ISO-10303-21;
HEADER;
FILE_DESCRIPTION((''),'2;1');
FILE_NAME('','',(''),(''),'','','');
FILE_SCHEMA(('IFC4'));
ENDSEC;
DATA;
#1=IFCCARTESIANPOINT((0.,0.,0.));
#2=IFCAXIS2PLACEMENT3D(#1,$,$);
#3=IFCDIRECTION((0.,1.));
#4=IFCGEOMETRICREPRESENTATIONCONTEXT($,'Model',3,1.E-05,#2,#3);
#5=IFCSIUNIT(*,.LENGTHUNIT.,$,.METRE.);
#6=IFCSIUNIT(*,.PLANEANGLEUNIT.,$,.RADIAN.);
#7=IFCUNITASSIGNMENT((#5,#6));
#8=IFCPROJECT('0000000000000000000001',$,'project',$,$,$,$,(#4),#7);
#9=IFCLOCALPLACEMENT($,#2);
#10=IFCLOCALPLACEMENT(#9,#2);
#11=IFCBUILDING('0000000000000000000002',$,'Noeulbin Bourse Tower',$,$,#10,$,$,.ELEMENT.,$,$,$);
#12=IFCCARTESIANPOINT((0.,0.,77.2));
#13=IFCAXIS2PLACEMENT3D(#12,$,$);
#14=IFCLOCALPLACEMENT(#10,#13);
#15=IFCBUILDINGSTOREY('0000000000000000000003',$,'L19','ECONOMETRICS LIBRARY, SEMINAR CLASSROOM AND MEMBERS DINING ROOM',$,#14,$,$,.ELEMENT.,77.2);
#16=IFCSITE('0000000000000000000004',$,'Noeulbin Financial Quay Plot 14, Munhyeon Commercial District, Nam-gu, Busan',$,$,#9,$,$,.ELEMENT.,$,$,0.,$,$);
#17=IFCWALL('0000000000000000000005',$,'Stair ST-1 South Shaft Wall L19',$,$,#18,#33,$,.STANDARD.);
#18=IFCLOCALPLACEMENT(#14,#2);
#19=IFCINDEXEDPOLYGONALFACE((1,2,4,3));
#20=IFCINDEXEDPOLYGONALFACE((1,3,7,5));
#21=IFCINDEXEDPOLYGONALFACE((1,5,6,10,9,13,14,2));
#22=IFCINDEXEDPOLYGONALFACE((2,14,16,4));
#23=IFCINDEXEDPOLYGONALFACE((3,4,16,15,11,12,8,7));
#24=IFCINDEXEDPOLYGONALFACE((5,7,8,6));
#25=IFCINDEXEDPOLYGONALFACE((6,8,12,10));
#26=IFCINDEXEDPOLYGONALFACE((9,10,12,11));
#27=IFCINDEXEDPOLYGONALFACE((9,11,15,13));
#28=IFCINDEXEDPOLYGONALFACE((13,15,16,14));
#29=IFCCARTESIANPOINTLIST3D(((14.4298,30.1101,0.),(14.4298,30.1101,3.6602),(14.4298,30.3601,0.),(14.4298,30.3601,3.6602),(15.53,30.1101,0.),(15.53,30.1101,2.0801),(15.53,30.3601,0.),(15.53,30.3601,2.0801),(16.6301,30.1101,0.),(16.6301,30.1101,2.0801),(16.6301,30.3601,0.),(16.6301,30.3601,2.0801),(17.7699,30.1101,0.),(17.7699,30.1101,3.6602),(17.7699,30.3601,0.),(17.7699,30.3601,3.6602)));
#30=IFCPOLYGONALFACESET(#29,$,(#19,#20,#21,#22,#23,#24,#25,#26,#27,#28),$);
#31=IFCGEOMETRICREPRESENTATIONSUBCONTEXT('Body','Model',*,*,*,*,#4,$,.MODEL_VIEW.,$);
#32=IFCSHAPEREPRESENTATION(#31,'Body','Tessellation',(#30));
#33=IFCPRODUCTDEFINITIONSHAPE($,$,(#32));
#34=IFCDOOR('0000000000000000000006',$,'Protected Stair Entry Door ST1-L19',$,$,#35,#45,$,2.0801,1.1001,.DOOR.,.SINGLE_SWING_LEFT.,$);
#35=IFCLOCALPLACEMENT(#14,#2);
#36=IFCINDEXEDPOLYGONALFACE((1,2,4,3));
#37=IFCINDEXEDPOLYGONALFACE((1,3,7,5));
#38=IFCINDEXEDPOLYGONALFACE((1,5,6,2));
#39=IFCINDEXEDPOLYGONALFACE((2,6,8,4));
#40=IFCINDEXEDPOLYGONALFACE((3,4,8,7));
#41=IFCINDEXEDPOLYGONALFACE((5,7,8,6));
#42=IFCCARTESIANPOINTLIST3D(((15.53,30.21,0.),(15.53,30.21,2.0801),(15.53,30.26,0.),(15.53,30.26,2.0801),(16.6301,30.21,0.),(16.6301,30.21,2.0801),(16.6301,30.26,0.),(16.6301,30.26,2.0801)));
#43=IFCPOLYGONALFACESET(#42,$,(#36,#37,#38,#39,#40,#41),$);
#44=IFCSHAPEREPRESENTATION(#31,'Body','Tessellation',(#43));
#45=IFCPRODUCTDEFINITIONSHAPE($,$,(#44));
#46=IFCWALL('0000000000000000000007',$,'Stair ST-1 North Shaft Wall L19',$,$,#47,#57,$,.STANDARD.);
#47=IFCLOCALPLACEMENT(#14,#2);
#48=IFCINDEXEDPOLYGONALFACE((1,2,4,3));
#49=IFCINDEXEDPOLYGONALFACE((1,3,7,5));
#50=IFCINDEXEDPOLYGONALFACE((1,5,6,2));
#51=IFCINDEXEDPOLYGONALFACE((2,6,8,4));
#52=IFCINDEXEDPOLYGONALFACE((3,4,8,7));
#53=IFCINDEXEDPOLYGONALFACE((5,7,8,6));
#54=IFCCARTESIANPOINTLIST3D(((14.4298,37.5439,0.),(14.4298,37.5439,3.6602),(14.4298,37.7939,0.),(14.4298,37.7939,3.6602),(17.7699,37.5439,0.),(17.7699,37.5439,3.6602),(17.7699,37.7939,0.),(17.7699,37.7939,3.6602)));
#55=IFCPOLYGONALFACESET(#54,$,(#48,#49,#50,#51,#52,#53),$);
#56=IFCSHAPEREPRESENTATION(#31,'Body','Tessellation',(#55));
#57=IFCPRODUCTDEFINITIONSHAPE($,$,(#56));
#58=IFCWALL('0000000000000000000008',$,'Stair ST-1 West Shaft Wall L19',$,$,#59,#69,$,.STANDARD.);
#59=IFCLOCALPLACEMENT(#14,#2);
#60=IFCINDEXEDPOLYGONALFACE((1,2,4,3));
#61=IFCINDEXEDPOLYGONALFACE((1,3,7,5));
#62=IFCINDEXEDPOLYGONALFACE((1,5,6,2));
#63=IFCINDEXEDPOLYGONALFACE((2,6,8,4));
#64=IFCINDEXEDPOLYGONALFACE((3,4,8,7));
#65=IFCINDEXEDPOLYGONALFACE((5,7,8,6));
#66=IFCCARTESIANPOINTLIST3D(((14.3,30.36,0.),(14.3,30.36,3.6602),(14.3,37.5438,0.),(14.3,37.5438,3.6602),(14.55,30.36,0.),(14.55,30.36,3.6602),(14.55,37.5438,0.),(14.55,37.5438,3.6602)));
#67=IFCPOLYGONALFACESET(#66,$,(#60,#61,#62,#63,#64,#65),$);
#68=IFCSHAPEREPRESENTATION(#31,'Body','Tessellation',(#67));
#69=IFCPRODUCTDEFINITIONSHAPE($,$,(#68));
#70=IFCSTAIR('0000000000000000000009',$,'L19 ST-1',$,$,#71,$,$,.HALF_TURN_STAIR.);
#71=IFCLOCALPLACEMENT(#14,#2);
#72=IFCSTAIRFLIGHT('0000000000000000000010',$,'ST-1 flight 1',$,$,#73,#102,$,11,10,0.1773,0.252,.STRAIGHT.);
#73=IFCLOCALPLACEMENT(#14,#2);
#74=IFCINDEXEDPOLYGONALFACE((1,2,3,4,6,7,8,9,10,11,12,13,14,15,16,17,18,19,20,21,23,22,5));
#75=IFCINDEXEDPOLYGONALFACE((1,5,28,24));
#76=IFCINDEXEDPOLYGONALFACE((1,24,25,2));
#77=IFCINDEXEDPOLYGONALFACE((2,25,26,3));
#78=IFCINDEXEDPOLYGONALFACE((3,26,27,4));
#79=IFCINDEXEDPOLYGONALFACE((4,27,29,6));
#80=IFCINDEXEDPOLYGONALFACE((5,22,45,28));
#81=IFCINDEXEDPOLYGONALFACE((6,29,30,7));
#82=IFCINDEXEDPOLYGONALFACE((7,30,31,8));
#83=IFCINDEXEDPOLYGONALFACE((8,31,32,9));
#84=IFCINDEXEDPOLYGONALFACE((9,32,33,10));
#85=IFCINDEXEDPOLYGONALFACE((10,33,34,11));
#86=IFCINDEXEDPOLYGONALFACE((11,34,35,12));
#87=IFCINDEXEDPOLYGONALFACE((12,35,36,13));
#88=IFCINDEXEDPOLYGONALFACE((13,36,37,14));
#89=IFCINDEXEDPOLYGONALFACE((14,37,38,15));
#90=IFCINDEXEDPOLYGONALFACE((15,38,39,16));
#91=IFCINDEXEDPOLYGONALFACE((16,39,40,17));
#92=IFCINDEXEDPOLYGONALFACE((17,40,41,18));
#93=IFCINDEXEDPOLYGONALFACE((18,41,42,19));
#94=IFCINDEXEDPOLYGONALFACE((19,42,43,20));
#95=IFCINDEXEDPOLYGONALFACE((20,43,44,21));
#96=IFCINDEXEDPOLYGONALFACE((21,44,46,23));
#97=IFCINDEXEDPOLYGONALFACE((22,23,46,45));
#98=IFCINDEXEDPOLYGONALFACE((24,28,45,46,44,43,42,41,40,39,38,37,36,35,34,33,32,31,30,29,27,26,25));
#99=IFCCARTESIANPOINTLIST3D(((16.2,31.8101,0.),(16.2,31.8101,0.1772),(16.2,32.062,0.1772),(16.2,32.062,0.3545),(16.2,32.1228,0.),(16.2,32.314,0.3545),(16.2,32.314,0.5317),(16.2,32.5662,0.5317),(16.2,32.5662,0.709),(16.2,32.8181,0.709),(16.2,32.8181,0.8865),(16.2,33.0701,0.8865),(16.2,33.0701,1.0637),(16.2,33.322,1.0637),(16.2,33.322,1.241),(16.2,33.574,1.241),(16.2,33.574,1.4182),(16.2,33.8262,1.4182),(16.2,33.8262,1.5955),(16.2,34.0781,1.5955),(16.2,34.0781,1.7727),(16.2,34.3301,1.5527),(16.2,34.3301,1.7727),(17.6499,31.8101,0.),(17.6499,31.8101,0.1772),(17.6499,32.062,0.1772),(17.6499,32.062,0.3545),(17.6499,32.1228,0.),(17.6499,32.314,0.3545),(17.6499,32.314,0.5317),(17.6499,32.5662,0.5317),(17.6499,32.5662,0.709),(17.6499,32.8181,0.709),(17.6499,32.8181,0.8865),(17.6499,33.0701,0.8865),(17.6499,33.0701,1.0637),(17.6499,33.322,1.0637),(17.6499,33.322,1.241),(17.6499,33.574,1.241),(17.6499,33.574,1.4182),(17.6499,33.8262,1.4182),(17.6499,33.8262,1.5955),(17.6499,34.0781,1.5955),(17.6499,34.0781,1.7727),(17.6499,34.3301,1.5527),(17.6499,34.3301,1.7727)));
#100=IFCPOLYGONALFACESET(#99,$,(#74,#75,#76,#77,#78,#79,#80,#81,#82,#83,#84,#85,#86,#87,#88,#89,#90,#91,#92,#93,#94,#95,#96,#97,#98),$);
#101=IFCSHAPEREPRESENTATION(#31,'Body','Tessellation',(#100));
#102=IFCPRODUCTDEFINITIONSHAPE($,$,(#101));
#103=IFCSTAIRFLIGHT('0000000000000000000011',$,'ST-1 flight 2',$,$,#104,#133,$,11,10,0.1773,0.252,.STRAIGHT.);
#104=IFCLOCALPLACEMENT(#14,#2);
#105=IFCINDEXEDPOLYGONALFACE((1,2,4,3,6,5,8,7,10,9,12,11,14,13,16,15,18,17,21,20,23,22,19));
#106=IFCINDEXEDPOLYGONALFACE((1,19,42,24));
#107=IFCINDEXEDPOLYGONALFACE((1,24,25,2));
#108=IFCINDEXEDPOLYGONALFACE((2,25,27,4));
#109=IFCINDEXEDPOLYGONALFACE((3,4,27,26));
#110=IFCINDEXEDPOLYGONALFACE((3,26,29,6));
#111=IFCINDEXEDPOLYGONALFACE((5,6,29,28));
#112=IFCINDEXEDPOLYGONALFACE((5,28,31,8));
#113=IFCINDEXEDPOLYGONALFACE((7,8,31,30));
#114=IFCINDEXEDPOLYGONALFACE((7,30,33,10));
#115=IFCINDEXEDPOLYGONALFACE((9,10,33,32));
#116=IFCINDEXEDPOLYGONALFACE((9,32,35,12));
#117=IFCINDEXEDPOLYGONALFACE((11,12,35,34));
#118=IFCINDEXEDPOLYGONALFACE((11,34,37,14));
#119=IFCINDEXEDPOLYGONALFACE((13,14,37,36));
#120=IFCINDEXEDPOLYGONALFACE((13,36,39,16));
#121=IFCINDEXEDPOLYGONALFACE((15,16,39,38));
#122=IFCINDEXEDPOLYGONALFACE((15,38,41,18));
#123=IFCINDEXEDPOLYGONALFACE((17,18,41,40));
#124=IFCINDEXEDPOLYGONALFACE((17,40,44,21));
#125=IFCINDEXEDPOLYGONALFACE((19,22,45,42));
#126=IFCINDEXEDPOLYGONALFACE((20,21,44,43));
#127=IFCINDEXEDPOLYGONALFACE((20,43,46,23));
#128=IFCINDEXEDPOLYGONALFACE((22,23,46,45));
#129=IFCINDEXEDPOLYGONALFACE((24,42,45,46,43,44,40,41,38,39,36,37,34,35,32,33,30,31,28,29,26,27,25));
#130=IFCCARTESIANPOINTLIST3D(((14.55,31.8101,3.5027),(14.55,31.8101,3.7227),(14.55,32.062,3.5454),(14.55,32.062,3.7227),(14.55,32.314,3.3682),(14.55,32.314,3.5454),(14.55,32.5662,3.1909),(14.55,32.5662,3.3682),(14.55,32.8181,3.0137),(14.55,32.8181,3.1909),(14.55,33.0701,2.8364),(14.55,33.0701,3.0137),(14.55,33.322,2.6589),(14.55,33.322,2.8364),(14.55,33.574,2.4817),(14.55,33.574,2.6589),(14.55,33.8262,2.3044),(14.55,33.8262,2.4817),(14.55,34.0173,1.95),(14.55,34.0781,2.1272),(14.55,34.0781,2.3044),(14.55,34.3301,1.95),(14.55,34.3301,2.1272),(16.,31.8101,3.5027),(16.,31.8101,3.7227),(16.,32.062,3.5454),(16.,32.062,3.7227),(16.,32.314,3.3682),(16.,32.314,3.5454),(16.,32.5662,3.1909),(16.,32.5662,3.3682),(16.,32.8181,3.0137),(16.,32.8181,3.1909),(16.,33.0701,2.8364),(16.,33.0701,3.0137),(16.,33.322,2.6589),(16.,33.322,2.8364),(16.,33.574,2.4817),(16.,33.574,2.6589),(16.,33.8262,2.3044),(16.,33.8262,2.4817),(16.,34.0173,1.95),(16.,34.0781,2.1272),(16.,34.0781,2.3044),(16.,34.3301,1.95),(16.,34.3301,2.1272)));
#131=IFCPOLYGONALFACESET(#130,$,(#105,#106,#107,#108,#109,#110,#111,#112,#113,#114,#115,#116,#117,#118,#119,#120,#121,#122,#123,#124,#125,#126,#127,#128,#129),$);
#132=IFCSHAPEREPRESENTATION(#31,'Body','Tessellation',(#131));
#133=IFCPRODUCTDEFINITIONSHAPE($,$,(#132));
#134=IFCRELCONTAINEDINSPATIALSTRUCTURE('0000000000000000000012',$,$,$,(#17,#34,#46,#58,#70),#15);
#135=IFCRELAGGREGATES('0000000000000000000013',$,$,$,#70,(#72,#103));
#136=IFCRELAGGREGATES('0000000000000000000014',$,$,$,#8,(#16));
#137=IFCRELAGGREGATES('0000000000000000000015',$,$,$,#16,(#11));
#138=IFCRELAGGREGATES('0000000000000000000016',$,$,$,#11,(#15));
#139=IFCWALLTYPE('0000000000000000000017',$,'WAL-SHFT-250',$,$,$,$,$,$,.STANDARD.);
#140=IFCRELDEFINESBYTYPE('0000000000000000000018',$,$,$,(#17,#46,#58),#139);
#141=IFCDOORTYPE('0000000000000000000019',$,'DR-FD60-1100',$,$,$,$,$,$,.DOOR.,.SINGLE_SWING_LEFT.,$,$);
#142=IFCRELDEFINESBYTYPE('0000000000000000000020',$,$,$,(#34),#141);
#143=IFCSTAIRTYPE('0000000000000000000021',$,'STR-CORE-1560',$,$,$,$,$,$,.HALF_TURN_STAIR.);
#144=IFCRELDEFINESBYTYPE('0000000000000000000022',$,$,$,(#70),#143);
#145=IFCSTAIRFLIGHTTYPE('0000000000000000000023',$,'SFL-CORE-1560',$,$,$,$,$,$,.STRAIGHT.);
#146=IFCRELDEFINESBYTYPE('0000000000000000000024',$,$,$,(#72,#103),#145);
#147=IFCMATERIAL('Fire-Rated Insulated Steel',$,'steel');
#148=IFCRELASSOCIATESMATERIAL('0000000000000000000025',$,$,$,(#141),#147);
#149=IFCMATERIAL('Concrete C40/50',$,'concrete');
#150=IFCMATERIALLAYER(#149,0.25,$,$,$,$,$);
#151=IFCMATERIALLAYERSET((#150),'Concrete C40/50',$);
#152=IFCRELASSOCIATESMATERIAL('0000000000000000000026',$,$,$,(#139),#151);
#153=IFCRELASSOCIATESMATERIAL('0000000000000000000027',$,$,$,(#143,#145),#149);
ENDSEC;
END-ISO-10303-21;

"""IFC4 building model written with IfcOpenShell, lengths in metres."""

from ifc_helpers import new_model, si_unit, direction, frame, frame_2d, origin, place, context, subcontext, project, spatial, polyline, rectangle, outline, extrude, material, layer, layer_set, type_object, element, fill, aggregate, save


model = new_model("IFC4")

# Units and contexts
model_context = context("Model", 3, precision=1e-05, world=origin(), true_north=direction((0.0, 1.0)))
body_context = subcontext(model_context, "Body", "Model", "MODEL_VIEW")
ifc_project = project(units=[si_unit("LENGTHUNIT", "METRE"), si_unit("PLANEANGLEUNIT", "RADIAN")], contexts=[model_context])

# Site, building, storey
site_placement = place(None, origin())
site = spatial("IfcSite", under=ifc_project, at=site_placement, Name="Noeulbin Financial Quay Plot 14, Munhyeon Commercial District, Nam-gu, Busan", CompositionType="ELEMENT", RefElevation=0.0)
building_placement = place(site_placement, origin())
building = spatial("IfcBuilding", under=site, at=building_placement, Name="Noeulbin Bourse Tower", CompositionType="ELEMENT")
storey_placement = place(building_placement, frame((0.0, 0.0, 77.2)))
storey = spatial("IfcBuildingStorey", under=building, at=storey_placement, Name="L19", Description="ECONOMETRICS LIBRARY, SEMINAR CLASSROOM AND MEMBERS DINING ROOM", CompositionType="ELEMENT", Elevation=77.2)

# Shared definitions
ifc_material_1 = material(Name="Fire-Rated Insulated Steel", Category="steel")
door_type_1 = type_object("IfcDoorType", Name="DR-FD60-1100", OperationType="SINGLE_SWING_LEFT", PredefinedType="DOOR", material=ifc_material_1)

# Wall, opening, door
ifc_material_2 = material(Name="Concrete C40/50", Category="concrete")
ifc_layer_1 = layer(ifc_material_2, 0.25)
ifc_layer_set_1 = layer_set([ifc_layer_1], Name="Concrete C40/50")
wall_type_1 = type_object("IfcWallType", Name="WAL-SHFT-250", PredefinedType="STANDARD", material=ifc_layer_set_1)
wall_1_placement = place(storey_placement, frame((14.4299, 30.2351, 0.0), z_axis=(0.0, 0.0, 1.0), x_axis=(1.0, 0.0, 0.0)))
wall_1 = element("IfcWall", 1, at=wall_1_placement, inside=storey, type_object=wall_type_1, Name="Stair ST-1 South Shaft Wall L19", PredefinedType="STANDARD", context=body_context, shape_type="SweptSolid", body=[
    extrude(rectangle(XDim=3.3401, YDim=0.25, at=frame_2d((1.6699, 0.0))), origin(), (0.0, 0.0, 1.0), 3.6602),
])
opening_1_placement = place(wall_1_placement, frame((1.1001, 0.0, 0.0)))
opening_1 = element("IfcOpeningElement", 2, at=opening_1_placement, cuts=wall_1, PredefinedType="OPENING", context=body_context, shape_type="SweptSolid", body=[
    extrude(rectangle(XDim=1.1001, YDim=2.0801, at=frame_2d((0.55, 1.04))), frame((0.0, 0.135, 0.0), z_axis=(0.0, -1.0, 0.0), x_axis=(1.0, 0.0, 0.0)), (0.0, 0.0, 1.0), 0.27),
])
door_1_placement = place(opening_1_placement, origin())
door_1 = element("IfcDoor", 3, at=door_1_placement, inside=storey, type_object=door_type_1, Name="Protected Stair Entry Door ST1-L19", OperationType="SINGLE_SWING_LEFT", OverallHeight=2.0801, OverallWidth=1.1001, PredefinedType="DOOR", context=body_context, shape_type="SweptSolid", body=[
    extrude(rectangle(XDim=1.1001, YDim=2.0801, at=frame_2d((0.55, 1.04))), frame((0.0, 0.0249, 0.0), z_axis=(0.0, -1.0, 0.0), x_axis=(1.0, 0.0, 0.0)), (0.0, 0.0, 1.0), 0.05),
])
fill(opening_1, door_1)

# Walls
wall_2_placement = place(storey_placement, frame((14.4299, 37.6689, 0.0), z_axis=(0.0, 0.0, 1.0), x_axis=(1.0, 0.0, 0.0)))
element("IfcWall", 4, at=wall_2_placement, inside=storey, type_object=wall_type_1, Name="Stair ST-1 North Shaft Wall L19", PredefinedType="STANDARD", context=body_context, shape_type="SweptSolid", body=[
    extrude(rectangle(XDim=3.3401, YDim=0.25, at=frame_2d((1.6699, 0.0))), origin(), (0.0, 0.0, 1.0), 3.6602),
])
wall_3_placement = place(storey_placement, frame((14.425, 30.3601, 0.0), z_axis=(0.0, 0.0, 1.0), x_axis=(0.0, 1.0, 0.0)))
element("IfcWall", 5, at=wall_3_placement, inside=storey, type_object=wall_type_1, Name="Stair ST-1 West Shaft Wall L19", PredefinedType="STANDARD", context=body_context, shape_type="SweptSolid", body=[
    extrude(rectangle(XDim=7.1838, YDim=0.25, at=frame_2d((3.5918, 0.0))), origin(), (0.0, 0.0, 1.0), 3.6602),
])

# Stair, stair flights
stair_type = type_object("IfcStairType", Name="STR-CORE-1560", PredefinedType="HALF_TURN_STAIR", material=ifc_material_2)
stair_placement = place(storey_placement, origin())
stair = element("IfcStair", 6, at=stair_placement, inside=storey, type_object=stair_type, Name="L19 ST-1", PredefinedType="HALF_TURN_STAIR")
stair_flight_type = type_object("IfcStairFlightType", Name="SFL-CORE-1560", PredefinedType="STRAIGHT", material=ifc_material_2)
stair_flight_1_placement = place(storey_placement, frame((16.925, 31.8101, 0.0), z_axis=(0.0, 0.0, 1.0), x_axis=(0.0, 1.0, 0.0)))
stair_flight_1 = element("IfcStairFlight", 7, at=stair_flight_1_placement, type_object=stair_flight_type, Name="ST-1 flight 1", NumberOfRisers=11, NumberOfTreads=10, PredefinedType="STRAIGHT", RiserHeight=0.1773, TreadLength=0.252, context=body_context, shape_type="SweptSolid", body=[
    extrude(outline(polyline([(0.0, 0.0), (0.0, 0.1772), (0.252, 0.1772), (0.252, 0.3545), (0.5039, 0.3545), (0.5039, 0.5317), (0.7561, 0.5317), (0.7561, 0.709), (1.0081, 0.709), (1.0081, 0.8865), (1.26, 0.8865), (1.26, 1.0637), (1.512, 1.0637), (1.512, 1.241), (1.7639, 1.241), (1.7639, 1.4182), (2.0161, 1.4182), (2.0161, 1.5955), (2.2681, 1.5955), (2.2681, 1.7727), (2.52, 1.7727), (2.52, 1.95), (2.52, 1.5527), (0.3127, 0.0), (0.0, 0.0)])), frame((0.0, 0.7251, 0.0), z_axis=(0.0, -1.0, 0.0), x_axis=(1.0, 0.0, 0.0)), (0.0, 0.0, 1.0), 1.45),
])
stair_flight_2_placement = place(storey_placement, frame((15.2749, 34.3301, 1.95), z_axis=(0.0, 0.0, 1.0), x_axis=(0.0, -1.0, 0.0)))
stair_flight_2 = element("IfcStairFlight", 8, at=stair_flight_2_placement, type_object=stair_flight_type, Name="ST-1 flight 2", NumberOfRisers=11, NumberOfTreads=10, PredefinedType="STRAIGHT", RiserHeight=0.1773, TreadLength=0.252, context=body_context, shape_type="SweptSolid", body=[
    extrude(outline(polyline([(0.0, 0.0), (0.0, 0.1772), (0.252, 0.1772), (0.252, 0.3545), (0.5039, 0.3545), (0.5039, 0.5317), (0.7561, 0.5317), (0.7561, 0.709), (1.0081, 0.709), (1.0081, 0.8865), (1.26, 0.8865), (1.26, 1.0637), (1.512, 1.0637), (1.512, 1.241), (1.7639, 1.241), (1.7639, 1.4182), (2.0161, 1.4182), (2.0161, 1.5955), (2.2681, 1.5955), (2.2681, 1.7727), (2.52, 1.7727), (2.52, 1.95), (2.52, 1.5527), (0.3127, 0.0), (0.0, 0.0)])), frame((0.0, 0.7251, 0.0), z_axis=(0.0, -1.0, 0.0), x_axis=(1.0, 0.0, 0.0)), (0.0, 0.0, 1.0), 1.45),
])
aggregate(stair, [stair_flight_1, stair_flight_2])

save(model, "model.ifc")
